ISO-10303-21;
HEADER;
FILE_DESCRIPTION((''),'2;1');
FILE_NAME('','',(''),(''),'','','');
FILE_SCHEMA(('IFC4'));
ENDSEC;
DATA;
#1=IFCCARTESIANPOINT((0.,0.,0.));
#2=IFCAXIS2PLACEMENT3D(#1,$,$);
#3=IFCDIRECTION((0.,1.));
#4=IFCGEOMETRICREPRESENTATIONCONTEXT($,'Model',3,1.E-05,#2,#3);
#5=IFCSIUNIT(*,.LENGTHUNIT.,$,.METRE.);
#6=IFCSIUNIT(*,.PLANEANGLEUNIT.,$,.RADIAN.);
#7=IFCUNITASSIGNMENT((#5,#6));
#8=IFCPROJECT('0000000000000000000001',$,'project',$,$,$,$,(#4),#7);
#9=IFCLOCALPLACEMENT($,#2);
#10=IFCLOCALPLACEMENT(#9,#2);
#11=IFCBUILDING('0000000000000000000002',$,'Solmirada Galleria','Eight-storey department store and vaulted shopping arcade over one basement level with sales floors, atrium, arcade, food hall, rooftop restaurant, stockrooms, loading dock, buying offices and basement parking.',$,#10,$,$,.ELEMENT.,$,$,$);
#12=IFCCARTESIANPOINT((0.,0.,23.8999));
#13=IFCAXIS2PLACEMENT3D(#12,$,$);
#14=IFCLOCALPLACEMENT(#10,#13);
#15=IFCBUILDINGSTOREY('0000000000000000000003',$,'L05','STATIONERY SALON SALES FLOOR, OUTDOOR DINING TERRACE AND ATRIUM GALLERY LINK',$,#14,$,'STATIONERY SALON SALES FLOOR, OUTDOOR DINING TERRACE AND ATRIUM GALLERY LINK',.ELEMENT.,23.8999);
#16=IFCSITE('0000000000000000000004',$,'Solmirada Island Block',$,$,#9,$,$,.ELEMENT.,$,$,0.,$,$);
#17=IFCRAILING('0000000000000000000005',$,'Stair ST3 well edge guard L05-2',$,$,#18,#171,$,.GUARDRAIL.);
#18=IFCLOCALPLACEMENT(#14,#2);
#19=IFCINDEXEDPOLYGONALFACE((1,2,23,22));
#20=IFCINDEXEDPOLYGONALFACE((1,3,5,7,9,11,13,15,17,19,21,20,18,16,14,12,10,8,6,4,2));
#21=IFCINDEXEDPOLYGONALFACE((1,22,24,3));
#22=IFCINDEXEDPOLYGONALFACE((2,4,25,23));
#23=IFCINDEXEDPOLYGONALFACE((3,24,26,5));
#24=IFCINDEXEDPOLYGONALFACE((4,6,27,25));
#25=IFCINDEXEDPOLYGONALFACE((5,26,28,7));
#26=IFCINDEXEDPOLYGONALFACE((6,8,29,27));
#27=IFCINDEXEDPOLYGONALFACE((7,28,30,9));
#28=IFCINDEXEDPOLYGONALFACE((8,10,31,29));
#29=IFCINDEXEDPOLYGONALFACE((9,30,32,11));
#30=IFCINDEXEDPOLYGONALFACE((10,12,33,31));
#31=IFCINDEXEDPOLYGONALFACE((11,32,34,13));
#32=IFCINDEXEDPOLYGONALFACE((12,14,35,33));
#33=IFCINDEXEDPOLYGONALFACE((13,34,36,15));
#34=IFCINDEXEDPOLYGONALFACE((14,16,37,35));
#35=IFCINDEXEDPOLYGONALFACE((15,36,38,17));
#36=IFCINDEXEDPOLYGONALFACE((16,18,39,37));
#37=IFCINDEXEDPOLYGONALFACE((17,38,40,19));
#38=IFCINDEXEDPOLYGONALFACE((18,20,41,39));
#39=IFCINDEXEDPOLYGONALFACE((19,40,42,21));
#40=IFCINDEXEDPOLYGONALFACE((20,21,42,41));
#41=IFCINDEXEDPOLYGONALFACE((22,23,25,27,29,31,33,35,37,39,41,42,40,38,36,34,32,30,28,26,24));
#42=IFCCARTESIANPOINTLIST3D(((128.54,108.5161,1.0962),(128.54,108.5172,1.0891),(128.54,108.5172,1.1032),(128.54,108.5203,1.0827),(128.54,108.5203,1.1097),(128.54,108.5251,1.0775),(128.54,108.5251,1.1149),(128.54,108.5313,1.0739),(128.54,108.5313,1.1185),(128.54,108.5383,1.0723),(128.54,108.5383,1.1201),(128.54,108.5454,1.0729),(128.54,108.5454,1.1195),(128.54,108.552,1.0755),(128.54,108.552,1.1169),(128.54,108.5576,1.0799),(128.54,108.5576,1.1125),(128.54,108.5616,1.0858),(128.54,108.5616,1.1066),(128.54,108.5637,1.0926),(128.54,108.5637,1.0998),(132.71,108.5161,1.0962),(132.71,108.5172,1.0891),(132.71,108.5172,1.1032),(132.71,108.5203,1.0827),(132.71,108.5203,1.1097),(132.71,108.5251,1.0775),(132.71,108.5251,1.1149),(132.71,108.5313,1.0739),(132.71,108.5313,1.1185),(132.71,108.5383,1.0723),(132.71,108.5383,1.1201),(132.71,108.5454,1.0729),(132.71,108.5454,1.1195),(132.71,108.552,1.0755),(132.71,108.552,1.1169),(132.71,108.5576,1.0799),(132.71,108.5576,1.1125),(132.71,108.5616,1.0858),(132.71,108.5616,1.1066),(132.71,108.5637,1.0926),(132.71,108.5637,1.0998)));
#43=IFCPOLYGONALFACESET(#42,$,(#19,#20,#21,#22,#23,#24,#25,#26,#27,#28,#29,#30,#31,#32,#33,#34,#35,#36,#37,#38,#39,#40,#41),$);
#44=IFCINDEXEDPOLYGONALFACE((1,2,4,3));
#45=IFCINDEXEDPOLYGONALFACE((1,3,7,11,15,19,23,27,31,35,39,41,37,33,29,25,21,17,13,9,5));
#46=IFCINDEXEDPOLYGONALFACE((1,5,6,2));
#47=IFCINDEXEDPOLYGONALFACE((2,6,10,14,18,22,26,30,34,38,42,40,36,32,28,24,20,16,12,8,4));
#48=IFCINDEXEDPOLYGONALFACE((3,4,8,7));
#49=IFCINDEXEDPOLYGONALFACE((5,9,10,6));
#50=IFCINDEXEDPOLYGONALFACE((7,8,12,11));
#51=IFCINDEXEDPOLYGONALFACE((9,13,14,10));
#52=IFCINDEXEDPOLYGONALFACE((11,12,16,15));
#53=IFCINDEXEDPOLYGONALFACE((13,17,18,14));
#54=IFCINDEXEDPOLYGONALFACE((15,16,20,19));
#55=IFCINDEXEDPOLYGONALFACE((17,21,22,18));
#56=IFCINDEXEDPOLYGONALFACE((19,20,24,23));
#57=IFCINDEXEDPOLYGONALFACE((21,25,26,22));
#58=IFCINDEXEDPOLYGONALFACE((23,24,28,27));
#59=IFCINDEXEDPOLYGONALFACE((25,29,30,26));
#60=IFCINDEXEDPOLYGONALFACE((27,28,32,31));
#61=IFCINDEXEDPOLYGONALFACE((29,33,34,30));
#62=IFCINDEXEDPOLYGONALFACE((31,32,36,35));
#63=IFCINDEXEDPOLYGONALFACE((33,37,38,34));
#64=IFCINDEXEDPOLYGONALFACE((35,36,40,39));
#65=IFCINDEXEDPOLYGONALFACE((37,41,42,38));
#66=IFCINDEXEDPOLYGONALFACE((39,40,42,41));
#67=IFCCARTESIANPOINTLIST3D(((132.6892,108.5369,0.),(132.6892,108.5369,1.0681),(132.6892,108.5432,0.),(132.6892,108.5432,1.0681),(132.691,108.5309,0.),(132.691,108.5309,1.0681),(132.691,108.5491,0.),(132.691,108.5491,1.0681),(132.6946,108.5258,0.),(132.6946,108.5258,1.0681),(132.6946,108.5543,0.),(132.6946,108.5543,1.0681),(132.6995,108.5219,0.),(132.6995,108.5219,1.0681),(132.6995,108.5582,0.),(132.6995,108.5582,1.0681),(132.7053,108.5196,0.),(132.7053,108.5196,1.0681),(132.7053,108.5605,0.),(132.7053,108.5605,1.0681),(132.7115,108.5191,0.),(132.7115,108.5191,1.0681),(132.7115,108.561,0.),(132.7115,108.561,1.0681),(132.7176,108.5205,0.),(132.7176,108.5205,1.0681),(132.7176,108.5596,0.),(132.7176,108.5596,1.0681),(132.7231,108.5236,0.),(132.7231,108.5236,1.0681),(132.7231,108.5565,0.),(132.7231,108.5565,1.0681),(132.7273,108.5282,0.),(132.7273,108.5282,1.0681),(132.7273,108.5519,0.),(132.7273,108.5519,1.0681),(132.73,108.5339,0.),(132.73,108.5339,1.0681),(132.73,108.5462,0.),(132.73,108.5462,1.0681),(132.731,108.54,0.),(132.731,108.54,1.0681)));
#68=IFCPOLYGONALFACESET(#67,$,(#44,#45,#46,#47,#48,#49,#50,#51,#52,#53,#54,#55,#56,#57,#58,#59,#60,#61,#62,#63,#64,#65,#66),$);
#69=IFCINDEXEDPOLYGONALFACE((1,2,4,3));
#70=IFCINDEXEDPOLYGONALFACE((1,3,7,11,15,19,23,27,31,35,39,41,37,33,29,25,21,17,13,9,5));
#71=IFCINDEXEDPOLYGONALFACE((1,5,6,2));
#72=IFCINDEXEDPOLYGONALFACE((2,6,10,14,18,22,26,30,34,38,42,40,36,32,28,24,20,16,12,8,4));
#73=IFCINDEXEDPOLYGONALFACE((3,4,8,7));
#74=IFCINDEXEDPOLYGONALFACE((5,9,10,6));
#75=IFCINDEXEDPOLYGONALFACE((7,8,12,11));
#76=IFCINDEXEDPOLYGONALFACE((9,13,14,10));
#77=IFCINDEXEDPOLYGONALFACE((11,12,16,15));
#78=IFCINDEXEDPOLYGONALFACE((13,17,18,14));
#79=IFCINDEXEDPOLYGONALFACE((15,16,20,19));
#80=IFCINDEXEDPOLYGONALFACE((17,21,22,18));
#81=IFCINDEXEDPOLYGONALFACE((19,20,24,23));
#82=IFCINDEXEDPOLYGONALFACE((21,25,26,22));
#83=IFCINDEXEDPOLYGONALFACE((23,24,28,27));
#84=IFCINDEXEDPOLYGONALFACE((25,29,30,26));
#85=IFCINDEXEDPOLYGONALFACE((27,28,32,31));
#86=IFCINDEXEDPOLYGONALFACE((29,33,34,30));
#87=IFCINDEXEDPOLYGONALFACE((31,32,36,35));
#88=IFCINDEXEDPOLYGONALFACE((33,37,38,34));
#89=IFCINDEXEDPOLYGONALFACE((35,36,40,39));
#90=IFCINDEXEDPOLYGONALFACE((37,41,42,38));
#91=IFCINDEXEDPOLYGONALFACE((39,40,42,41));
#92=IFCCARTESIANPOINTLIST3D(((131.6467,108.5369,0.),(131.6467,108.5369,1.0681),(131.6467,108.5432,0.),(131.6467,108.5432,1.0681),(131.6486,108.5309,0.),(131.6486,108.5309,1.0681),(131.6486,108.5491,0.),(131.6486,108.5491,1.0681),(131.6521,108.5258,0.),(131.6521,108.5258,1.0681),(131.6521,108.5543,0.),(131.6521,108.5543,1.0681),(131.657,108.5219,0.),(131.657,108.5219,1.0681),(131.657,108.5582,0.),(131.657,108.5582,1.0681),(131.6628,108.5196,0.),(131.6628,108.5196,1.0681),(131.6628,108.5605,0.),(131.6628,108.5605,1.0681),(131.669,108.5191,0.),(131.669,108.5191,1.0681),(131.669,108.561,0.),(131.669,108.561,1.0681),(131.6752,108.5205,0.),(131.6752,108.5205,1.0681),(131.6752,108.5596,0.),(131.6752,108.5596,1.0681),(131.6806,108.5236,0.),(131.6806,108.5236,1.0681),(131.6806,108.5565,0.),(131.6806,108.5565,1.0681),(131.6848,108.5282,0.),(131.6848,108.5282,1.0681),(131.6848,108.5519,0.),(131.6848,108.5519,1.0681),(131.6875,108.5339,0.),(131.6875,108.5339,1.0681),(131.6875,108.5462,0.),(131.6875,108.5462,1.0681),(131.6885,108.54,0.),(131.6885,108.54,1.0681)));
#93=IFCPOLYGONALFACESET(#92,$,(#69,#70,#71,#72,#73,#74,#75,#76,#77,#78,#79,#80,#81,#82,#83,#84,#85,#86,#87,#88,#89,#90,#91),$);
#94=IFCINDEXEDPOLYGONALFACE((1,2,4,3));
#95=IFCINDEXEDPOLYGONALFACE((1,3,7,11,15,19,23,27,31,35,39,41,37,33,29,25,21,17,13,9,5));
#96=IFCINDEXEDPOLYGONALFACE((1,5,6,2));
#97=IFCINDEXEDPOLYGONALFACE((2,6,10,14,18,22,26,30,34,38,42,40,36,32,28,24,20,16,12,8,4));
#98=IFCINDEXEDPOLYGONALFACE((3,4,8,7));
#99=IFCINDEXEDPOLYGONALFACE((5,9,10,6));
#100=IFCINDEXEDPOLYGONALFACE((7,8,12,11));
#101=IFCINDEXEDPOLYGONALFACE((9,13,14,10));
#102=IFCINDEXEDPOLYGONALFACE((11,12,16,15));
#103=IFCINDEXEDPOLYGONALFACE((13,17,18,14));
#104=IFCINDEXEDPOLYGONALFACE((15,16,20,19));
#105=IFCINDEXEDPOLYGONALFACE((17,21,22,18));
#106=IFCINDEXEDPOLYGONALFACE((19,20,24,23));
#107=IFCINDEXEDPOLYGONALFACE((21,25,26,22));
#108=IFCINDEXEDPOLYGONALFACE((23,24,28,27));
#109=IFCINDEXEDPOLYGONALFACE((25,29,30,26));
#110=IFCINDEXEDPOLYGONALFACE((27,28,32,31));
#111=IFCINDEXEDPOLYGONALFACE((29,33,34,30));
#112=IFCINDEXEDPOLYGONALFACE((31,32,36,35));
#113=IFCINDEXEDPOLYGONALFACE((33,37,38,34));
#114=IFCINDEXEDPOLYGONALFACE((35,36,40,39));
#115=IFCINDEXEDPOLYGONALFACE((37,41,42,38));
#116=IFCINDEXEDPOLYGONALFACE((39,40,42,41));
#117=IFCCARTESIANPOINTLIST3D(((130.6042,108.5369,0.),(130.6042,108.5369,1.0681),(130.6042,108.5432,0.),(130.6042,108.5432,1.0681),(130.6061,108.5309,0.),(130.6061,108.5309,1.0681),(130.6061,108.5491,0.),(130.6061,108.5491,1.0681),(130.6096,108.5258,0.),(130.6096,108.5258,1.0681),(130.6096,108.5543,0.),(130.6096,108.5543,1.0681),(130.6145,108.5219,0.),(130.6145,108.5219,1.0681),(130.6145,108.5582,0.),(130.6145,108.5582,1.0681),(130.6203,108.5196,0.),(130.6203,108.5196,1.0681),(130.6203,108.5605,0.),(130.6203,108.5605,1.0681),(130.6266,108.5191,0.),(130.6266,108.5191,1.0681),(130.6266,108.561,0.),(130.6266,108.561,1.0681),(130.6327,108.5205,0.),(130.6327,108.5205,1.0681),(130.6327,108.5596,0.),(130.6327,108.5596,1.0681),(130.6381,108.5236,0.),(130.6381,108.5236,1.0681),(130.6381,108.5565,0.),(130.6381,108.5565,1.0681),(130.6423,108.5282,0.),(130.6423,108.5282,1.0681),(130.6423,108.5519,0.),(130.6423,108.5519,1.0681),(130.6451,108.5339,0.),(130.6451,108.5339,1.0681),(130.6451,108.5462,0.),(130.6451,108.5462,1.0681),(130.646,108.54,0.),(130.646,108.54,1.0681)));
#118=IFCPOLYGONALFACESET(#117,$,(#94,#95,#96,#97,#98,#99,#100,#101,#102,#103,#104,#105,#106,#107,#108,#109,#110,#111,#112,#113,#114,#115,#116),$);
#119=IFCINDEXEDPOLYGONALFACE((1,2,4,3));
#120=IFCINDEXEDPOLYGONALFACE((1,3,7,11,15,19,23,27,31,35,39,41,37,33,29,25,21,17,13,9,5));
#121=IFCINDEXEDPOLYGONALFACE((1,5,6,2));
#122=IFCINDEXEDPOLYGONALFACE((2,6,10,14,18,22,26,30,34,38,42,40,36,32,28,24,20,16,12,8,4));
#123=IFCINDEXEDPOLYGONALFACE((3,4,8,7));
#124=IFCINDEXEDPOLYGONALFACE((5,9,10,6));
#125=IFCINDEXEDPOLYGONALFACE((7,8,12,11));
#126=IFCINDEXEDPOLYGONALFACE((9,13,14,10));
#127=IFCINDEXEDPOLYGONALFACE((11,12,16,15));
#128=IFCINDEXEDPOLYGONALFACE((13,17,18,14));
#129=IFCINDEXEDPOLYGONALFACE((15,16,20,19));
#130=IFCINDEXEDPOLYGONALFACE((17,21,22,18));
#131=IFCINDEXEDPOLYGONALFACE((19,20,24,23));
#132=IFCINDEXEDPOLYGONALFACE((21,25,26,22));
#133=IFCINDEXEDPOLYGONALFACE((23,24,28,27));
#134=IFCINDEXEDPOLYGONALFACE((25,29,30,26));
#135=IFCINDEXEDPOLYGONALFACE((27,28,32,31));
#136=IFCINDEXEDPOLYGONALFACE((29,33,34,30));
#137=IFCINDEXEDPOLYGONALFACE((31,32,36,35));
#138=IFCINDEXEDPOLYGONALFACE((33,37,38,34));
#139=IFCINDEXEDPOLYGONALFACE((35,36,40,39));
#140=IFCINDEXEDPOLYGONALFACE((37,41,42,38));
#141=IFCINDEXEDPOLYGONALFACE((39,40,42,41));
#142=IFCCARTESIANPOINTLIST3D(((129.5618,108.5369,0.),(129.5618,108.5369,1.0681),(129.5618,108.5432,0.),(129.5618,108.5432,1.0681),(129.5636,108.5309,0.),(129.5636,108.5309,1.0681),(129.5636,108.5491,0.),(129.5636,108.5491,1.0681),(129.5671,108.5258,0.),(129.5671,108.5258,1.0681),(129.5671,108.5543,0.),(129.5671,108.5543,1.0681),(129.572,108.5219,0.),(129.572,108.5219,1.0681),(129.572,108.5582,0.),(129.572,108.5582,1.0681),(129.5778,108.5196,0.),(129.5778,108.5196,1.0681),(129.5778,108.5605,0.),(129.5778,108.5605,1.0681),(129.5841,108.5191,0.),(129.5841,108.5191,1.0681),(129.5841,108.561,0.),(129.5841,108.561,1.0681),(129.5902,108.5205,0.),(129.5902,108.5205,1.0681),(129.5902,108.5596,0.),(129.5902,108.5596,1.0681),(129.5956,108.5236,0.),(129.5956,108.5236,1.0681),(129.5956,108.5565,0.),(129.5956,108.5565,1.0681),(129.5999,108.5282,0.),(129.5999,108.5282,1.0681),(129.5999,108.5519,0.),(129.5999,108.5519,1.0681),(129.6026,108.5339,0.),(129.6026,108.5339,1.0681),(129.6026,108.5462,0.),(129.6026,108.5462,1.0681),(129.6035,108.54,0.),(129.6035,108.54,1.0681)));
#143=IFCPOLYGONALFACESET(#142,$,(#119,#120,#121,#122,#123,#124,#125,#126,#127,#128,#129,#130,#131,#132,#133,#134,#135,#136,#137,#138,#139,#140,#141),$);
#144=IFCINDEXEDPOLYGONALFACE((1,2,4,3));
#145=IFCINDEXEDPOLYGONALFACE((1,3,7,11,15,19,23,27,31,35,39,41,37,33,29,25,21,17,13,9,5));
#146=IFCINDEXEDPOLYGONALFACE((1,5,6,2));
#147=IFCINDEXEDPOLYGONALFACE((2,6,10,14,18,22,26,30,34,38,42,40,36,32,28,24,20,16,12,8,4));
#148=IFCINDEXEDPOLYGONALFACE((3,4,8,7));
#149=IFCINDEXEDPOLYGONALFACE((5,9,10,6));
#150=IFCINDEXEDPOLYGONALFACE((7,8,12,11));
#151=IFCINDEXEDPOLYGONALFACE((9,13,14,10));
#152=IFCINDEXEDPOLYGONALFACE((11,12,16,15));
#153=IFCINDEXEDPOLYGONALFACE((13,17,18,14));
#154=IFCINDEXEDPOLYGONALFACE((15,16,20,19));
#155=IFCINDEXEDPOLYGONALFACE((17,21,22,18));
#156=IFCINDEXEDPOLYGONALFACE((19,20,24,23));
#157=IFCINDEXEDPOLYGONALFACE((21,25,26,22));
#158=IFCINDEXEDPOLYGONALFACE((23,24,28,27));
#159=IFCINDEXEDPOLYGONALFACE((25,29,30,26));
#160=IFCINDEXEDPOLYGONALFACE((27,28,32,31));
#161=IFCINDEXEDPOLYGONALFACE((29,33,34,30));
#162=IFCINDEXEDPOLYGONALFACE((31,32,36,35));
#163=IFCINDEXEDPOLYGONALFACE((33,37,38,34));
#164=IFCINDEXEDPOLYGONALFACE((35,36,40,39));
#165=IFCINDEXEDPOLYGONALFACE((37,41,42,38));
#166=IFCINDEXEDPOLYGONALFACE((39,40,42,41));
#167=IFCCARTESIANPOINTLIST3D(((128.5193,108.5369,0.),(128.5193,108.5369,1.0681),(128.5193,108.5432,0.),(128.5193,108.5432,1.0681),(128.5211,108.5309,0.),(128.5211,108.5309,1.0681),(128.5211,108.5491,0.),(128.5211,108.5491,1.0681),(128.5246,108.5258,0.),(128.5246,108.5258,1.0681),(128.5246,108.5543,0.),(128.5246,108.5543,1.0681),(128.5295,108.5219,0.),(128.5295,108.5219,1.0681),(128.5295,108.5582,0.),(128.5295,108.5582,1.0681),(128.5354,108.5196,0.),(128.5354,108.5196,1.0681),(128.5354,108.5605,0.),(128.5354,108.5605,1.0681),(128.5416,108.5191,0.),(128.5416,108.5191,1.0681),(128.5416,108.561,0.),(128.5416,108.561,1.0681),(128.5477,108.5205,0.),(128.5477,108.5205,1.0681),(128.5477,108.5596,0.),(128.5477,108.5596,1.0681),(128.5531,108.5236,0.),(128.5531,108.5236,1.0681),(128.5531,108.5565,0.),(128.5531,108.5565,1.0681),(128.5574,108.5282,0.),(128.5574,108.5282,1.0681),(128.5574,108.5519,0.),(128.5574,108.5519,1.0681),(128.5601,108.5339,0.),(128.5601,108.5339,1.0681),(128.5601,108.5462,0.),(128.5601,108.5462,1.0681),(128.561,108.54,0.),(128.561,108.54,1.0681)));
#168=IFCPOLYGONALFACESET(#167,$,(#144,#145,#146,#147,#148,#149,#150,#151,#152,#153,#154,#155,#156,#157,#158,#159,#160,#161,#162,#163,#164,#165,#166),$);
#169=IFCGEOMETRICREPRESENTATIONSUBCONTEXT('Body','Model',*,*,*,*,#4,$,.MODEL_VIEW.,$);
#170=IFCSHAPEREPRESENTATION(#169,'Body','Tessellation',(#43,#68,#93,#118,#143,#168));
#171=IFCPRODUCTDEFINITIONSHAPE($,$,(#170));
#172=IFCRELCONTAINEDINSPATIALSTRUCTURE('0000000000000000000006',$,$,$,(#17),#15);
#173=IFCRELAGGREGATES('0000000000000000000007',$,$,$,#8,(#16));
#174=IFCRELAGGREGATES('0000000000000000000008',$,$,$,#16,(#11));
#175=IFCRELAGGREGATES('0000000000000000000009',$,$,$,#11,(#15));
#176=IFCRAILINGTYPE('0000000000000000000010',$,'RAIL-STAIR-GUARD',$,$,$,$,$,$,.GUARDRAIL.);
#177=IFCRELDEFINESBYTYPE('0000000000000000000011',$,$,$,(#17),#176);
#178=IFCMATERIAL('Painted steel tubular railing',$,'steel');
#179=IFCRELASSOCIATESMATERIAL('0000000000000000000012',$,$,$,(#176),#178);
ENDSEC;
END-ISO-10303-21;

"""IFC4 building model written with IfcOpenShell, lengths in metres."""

from ifc_helpers import new_model, si_unit, direction, frame, origin, origin_2d, place, context, subcontext, project, spatial, circle, extrude, material, type_object, element, save


model = new_model("IFC4")

# Units and contexts
model_context = context("Model", 3, precision=1e-05, world=origin(), true_north=direction((0.0, 1.0)))
body_context = subcontext(model_context, "Body", "Model", "MODEL_VIEW")
ifc_project = project(units=[si_unit("LENGTHUNIT", "METRE"), si_unit("PLANEANGLEUNIT", "RADIAN")], contexts=[model_context])

# Site, building, storey
site_placement = place(None, origin())
site = spatial("IfcSite", under=ifc_project, at=site_placement, Name="Solmirada Island Block", CompositionType="ELEMENT", RefElevation=0.0)
building_placement = place(site_placement, origin())
building = spatial("IfcBuilding", under=site, at=building_placement, Name="Solmirada Galleria", Description="Eight-storey department store and vaulted shopping arcade over one basement level with sales floors, atrium, arcade, food hall, rooftop restaurant, stockrooms, loading dock, buying offices and basement parking.", CompositionType="ELEMENT")
storey_placement = place(building_placement, frame((0.0, 0.0, 23.8999)))
storey = spatial("IfcBuildingStorey", under=building, at=storey_placement, Name="L05", Description="STATIONERY SALON SALES FLOOR, OUTDOOR DINING TERRACE AND ATRIUM GALLERY LINK", LongName="STATIONERY SALON SALES FLOOR, OUTDOOR DINING TERRACE AND ATRIUM GALLERY LINK", CompositionType="ELEMENT", Elevation=23.8999)

# Railing
ifc_material_1 = material(Name="Painted steel tubular railing", Category="steel")
railing_type_1 = type_object("IfcRailingType", Name="RAIL-STAIR-GUARD", PredefinedType="GUARDRAIL", material=ifc_material_1)
railing_1_placement = place(storey_placement, frame((132.71, 108.54, 0.0)))
element("IfcRailing", 1, at=railing_1_placement, inside=storey, type_object=railing_type_1, Name="Stair ST3 well edge guard L05-2", PredefinedType="GUARDRAIL", context=body_context, shape_type="SweptSolid", body=[
    extrude(circle(Radius=0.0239, at=origin_2d()), frame((0.0, 0.0, 1.0962), z_axis=(-1.0, 0.0, 0.0), x_axis=(0.0, -1.0, 0.0)), (0.0, 0.0, 1.0), 4.1699),
    extrude(circle(Radius=0.021, at=origin_2d()), origin(), (0.0, 0.0, 1.0), 1.0681),
    extrude(circle(Radius=0.021, at=origin_2d()), frame((-1.0425, 0.0, 0.0)), (0.0, 0.0, 1.0), 1.0681),
    extrude(circle(Radius=0.021, at=origin_2d()), frame((-2.085, 0.0, 0.0)), (0.0, 0.0, 1.0), 1.0681),
    extrude(circle(Radius=0.021, at=origin_2d()), frame((-3.1274, 0.0, 0.0)), (0.0, 0.0, 1.0), 1.0681),
    extrude(circle(Radius=0.021, at=origin_2d()), frame((-4.1699, 0.0, 0.0)), (0.0, 0.0, 1.0), 1.0681),
])

save(model, "model.ifc")
